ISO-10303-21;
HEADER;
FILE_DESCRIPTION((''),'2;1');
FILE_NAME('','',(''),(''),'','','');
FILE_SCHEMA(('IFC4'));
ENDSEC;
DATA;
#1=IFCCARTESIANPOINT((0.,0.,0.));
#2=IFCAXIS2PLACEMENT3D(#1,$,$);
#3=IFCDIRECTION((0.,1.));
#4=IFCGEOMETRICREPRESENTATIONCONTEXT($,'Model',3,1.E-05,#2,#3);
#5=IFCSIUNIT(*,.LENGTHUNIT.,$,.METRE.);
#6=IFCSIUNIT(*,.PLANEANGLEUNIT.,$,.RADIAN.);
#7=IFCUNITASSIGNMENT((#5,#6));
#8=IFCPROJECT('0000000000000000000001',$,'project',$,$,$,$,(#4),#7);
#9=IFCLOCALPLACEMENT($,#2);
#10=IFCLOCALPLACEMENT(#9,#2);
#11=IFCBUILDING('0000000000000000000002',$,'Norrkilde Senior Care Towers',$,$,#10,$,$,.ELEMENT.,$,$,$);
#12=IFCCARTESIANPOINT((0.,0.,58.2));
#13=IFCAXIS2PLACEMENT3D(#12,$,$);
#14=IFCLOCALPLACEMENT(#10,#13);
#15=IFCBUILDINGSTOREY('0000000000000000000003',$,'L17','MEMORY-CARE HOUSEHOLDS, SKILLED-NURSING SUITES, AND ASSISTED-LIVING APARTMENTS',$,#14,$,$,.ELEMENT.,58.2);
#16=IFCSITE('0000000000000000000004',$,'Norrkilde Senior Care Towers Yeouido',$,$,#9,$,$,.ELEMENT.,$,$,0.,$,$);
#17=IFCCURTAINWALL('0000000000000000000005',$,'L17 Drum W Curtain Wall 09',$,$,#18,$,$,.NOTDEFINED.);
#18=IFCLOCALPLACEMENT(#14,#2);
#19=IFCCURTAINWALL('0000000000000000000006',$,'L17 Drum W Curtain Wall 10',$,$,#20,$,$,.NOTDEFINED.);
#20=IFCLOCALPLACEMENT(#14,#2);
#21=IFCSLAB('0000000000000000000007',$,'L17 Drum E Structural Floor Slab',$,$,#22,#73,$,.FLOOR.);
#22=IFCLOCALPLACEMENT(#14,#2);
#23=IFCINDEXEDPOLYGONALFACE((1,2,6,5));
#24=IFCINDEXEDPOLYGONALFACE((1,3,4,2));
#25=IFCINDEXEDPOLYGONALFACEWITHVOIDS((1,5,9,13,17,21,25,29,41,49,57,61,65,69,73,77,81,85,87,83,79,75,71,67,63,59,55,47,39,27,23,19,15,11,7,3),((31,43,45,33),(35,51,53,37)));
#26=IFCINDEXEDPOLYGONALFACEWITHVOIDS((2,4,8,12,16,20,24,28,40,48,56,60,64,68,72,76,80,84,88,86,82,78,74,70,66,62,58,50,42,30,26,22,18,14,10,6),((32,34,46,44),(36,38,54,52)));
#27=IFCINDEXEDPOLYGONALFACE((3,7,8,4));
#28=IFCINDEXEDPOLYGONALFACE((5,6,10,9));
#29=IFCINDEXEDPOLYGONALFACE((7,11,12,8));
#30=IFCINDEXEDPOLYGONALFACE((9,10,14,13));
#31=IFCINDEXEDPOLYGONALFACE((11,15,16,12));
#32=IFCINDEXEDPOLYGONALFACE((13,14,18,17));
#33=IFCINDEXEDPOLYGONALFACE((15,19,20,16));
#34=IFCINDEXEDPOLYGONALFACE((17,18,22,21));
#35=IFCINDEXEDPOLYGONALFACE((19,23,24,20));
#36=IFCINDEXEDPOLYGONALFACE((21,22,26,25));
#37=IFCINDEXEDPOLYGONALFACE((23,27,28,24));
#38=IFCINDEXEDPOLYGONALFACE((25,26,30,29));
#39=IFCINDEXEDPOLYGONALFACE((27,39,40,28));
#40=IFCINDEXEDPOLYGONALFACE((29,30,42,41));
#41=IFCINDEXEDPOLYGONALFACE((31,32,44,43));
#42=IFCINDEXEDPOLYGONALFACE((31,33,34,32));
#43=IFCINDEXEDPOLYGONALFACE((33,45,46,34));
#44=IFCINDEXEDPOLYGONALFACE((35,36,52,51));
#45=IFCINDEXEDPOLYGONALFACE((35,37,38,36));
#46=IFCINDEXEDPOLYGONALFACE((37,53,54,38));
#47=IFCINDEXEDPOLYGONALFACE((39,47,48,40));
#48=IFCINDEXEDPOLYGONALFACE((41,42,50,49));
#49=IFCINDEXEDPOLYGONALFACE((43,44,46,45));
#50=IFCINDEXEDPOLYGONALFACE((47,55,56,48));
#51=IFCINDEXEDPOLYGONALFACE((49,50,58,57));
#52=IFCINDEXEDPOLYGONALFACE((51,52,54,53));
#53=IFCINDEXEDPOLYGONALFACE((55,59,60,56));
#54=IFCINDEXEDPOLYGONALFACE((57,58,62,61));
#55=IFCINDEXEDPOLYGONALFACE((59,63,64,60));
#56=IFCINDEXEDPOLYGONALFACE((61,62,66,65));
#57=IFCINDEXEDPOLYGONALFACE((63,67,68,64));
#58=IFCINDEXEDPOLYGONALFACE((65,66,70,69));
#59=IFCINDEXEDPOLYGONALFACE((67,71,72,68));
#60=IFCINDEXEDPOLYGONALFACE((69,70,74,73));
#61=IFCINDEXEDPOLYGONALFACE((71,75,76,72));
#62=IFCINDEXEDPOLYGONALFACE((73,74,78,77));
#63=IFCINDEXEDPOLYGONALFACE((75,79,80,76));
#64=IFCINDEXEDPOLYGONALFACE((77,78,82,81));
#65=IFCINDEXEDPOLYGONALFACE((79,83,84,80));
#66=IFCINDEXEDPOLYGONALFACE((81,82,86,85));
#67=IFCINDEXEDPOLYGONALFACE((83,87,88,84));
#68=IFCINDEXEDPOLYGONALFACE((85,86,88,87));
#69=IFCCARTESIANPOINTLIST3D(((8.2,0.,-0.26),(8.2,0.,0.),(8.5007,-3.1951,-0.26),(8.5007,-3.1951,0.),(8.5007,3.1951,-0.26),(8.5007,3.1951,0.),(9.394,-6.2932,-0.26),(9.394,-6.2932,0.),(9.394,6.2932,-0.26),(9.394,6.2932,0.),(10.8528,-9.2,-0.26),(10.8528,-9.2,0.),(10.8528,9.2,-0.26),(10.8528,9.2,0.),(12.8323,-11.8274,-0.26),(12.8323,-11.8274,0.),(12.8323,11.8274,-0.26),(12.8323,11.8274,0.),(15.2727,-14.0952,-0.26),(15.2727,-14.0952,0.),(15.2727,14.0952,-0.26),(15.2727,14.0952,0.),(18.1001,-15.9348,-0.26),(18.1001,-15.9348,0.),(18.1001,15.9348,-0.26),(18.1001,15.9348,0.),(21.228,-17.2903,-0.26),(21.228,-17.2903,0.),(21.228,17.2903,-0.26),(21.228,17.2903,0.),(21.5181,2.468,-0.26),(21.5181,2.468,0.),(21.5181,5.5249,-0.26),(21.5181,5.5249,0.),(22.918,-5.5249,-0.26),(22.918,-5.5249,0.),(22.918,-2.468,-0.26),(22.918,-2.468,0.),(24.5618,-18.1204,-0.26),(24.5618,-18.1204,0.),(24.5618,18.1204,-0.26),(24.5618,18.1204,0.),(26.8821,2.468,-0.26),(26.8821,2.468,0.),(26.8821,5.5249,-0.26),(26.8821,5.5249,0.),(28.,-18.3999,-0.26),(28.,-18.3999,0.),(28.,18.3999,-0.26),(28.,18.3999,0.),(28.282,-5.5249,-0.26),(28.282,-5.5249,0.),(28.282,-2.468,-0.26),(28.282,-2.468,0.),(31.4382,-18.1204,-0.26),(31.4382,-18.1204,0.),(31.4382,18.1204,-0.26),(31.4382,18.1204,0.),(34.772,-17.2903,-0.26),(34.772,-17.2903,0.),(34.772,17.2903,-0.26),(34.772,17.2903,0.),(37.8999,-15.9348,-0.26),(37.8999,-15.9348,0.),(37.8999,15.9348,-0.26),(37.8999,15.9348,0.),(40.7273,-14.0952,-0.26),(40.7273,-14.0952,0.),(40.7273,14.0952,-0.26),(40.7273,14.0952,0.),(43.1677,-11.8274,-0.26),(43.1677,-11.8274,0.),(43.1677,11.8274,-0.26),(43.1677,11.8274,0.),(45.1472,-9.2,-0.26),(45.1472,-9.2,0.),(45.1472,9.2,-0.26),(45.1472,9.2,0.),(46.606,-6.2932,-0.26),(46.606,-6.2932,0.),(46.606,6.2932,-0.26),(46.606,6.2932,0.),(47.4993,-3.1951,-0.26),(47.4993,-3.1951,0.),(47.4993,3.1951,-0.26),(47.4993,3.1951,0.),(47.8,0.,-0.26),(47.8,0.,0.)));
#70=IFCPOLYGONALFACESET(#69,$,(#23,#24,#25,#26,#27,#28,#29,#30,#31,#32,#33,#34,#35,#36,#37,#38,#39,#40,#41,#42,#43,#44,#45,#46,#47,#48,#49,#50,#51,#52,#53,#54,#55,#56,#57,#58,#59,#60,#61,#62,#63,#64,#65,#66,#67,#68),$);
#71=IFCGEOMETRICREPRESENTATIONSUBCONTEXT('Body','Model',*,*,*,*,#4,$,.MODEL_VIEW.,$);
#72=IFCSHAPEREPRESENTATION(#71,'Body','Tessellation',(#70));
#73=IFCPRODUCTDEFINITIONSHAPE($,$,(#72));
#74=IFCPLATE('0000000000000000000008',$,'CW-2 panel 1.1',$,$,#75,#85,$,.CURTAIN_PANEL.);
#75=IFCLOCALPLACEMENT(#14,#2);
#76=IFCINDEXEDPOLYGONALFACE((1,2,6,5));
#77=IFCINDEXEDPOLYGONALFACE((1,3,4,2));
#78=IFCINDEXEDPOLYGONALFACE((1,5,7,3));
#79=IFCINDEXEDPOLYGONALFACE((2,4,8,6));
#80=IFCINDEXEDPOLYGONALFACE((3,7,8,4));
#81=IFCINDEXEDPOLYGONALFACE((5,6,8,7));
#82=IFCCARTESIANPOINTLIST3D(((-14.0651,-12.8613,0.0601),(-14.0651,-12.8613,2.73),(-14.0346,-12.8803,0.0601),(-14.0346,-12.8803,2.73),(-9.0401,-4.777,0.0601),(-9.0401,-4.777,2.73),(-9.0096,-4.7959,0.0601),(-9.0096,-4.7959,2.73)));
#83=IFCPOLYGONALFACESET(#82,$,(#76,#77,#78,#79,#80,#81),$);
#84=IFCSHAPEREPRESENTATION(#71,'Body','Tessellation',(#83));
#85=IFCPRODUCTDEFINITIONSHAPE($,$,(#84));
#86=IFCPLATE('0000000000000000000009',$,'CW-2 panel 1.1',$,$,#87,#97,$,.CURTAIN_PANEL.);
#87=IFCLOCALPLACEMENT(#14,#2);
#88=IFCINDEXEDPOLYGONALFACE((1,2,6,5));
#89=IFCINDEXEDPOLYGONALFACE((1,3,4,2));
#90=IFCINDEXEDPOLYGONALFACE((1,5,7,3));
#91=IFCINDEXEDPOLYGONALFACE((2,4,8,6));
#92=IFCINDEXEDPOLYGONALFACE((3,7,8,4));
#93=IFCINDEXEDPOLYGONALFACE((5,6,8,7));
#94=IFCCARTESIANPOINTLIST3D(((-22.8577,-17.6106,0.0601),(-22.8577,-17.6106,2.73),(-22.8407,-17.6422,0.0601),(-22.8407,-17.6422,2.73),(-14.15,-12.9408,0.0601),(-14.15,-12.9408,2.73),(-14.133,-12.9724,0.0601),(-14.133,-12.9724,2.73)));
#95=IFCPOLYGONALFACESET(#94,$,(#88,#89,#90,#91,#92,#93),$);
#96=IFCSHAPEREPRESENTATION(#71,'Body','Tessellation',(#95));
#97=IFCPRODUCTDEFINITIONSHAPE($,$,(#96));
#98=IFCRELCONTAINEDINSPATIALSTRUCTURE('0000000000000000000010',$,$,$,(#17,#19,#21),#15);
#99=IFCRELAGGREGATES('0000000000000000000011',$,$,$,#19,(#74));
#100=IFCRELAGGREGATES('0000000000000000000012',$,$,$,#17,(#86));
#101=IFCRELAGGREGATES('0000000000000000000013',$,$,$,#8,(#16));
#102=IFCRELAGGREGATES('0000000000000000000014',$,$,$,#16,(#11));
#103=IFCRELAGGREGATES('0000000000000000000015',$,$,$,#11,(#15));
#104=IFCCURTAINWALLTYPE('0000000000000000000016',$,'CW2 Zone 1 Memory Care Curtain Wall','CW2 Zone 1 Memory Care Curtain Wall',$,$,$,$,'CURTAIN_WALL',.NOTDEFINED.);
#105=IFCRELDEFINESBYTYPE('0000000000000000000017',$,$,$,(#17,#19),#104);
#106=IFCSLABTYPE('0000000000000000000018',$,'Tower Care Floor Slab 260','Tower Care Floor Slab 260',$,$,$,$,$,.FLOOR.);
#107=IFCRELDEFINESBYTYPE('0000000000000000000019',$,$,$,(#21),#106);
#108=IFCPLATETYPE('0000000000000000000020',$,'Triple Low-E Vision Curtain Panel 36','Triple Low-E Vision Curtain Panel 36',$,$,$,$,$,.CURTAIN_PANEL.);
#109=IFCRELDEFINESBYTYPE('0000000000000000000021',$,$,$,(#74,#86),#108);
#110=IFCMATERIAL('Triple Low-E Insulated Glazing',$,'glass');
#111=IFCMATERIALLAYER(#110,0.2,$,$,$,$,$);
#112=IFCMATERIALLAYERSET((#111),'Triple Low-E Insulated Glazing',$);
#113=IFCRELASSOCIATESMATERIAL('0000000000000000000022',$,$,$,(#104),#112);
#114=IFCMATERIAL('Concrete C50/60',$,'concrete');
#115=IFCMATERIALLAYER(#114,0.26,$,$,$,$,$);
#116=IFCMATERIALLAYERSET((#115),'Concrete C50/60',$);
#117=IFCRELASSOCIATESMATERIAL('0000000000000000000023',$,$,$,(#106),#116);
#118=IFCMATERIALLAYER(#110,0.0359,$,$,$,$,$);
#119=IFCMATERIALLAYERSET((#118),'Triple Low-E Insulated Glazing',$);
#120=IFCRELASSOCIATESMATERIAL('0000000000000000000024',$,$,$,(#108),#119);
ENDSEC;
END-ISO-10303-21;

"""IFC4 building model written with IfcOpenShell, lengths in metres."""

from ifc_helpers import new_model, si_unit, direction, frame, origin, origin_2d, place, context, subcontext, project, spatial, polyline, rectangle, outline, extrude, source, transform, mapped, material, layer, layer_set, type_object, type_shapes, element, aggregate, save


model = new_model("IFC4")

# Units and contexts
model_context = context("Model", 3, precision=1e-05, world=origin(), true_north=direction((0.0, 1.0)))
body_context = subcontext(model_context, "Body", "Model", "MODEL_VIEW")
ifc_project = project(units=[si_unit("LENGTHUNIT", "METRE"), si_unit("PLANEANGLEUNIT", "RADIAN")], contexts=[model_context])

# Site, building, storey
site_placement = place(None, origin())
site = spatial("IfcSite", under=ifc_project, at=site_placement, Name="Norrkilde Senior Care Towers Yeouido", CompositionType="ELEMENT", RefElevation=0.0)
building_placement = place(site_placement, origin())
building = spatial("IfcBuilding", under=site, at=building_placement, Name="Norrkilde Senior Care Towers", CompositionType="ELEMENT")
storey_placement = place(building_placement, frame((0.0, 0.0, 58.2)))
storey = spatial("IfcBuildingStorey", under=building, at=storey_placement, Name="L17", Description="MEMORY-CARE HOUSEHOLDS, SKILLED-NURSING SUITES, AND ASSISTED-LIVING APARTMENTS", CompositionType="ELEMENT", Elevation=58.2)

# Curtain wall
ifc_material_1 = material(Name="Triple Low-E Insulated Glazing", Category="glass")
ifc_layer_1 = layer(ifc_material_1, 0.2)
ifc_layer_set_1 = layer_set([ifc_layer_1], Name="Triple Low-E Insulated Glazing")
curtain_wall_type = type_object("IfcCurtainWallType", Name="CW2 Zone 1 Memory Care Curtain Wall", Description="CW2 Zone 1 Memory Care Curtain Wall", ElementType="CURTAIN_WALL", PredefinedType="NOTDEFINED", material=ifc_layer_set_1)
curtain_wall_1_placement = place(storey_placement, origin())
curtain_wall_1 = element("IfcCurtainWall", 1, at=curtain_wall_1_placement, inside=storey, type_object=curtain_wall_type, Name="L17 Drum W Curtain Wall 09", PredefinedType="NOTDEFINED")

# Curtain wall
curtain_wall_2_placement = place(storey_placement, origin())
curtain_wall_2 = element("IfcCurtainWall", 2, at=curtain_wall_2_placement, inside=storey, type_object=curtain_wall_type, Name="L17 Drum W Curtain Wall 10", PredefinedType="NOTDEFINED")

# Slab
ifc_material_2 = material(Name="Concrete C50/60", Category="concrete")
ifc_layer_2 = layer(ifc_material_2, 0.26)
ifc_layer_set_2 = layer_set([ifc_layer_2], Name="Concrete C50/60")
slab_type_1 = type_object("IfcSlabType", Name="Tower Care Floor Slab 260", Description="Tower Care Floor Slab 260", PredefinedType="FLOOR", material=ifc_layer_set_2)
slab_1_placement = place(storey_placement, frame((0.0, 0.0, -0.26)))
element("IfcSlab", 3, at=slab_1_placement, inside=storey, type_object=slab_type_1, Name="L17 Drum E Structural Floor Slab", PredefinedType="FLOOR", context=body_context, shape_type="SweptSolid", body=[
    extrude(outline(polyline([(46.606, -6.2932), (45.1472, -9.2), (43.1677, -11.8274), (40.7273, -14.0952), (37.8999, -15.9348), (34.772, -17.2903), (31.4382, -18.1204), (28.0, -18.3999), (24.5618, -18.1204), (21.228, -17.2903), (18.1001, -15.9348), (15.2727, -14.0952), (12.8323, -11.8274), (10.8528, -9.2), (9.394, -6.2932), (8.5007, -3.1951), (8.2, 0.0), (8.5007, 3.1951), (9.394, 6.2932), (10.8528, 9.2), (12.8323, 11.8274), (15.2727, 14.0952), (18.1001, 15.9348), (21.228, 17.2903), (24.5618, 18.1204), (28.0, 18.3999), (31.4382, 18.1204), (34.772, 17.2903), (37.8999, 15.9348), (40.7273, 14.0952), (43.1677, 11.8274), (45.1472, 9.2), (46.606, 6.2932), (47.4993, 3.1951), (47.8, 0.0), (47.4993, -3.1951), (46.606, -6.2932)]), holes=[polyline([(21.5181, 2.468), (26.8821, 2.468), (26.8821, 5.5249), (21.5181, 5.5249), (21.5181, 2.468)]), polyline([(28.282, -5.5249), (28.282, -2.468), (22.918, -2.468), (22.918, -5.5249), (28.282, -5.5249)])]), origin(), (0.0, 0.0, 1.0), 0.26),
])

# Plates
ifc_layer_3 = layer(ifc_material_1, 0.0359)
ifc_layer_set_3 = layer_set([ifc_layer_3], Name="Triple Low-E Insulated Glazing")
plate_type = type_object("IfcPlateType", Name="Triple Low-E Vision Curtain Panel 36", Description="Triple Low-E Vision Curtain Panel 36", PredefinedType="CURTAIN_PANEL", material=ifc_layer_set_3)
shared_shape_1 = source(origin(), body_context, "Body", "SweptSolid", [
    extrude(rectangle(XDim=9.5188, YDim=0.0359, at=origin_2d()), origin(), (0.0, 0.0, 1.0), 2.6699),
])
plate_1_placement = place(storey_placement, frame((-11.5374, -8.8286, 0.0601), z_axis=(0.0, 0.0, 1.0), x_axis=(-0.527901, -0.849306, 0.0)))
plate_1 = element("IfcPlate", 4, at=plate_1_placement, type_object=plate_type, Name="CW-2 panel 1.1", PredefinedType="CURTAIN_PANEL", context=body_context, shape_type="MappedRepresentation", body=[
    mapped(shared_shape_1, transform((0.0, 0.0, 0.0), x_axis=(1.0, 0.0, 0.0), y_axis=(0.0, 1.0, 0.0), z_axis=(0.0, 0.0, 1.0), scale=1.0)),
])
aggregate(curtain_wall_2, [plate_1])
shared_shape_2 = source(origin(), body_context, "Body", "SweptSolid", [
    extrude(rectangle(XDim=9.8809, YDim=0.0359, at=origin_2d()), origin(), (0.0, 0.0, 1.0), 2.6699),
])
type_shapes(plate_type, [shared_shape_1, shared_shape_2])
plate_2_placement = place(storey_placement, frame((-18.4954, -15.2915, 0.0601), z_axis=(0.0, 0.0, 1.0), x_axis=(-0.881273, -0.472608, 0.0)))
plate_2 = element("IfcPlate", 5, at=plate_2_placement, type_object=plate_type, Name="CW-2 panel 1.1", PredefinedType="CURTAIN_PANEL", context=body_context, shape_type="MappedRepresentation", body=[
    mapped(shared_shape_2, transform((0.0, 0.0, 0.0), x_axis=(1.0, 0.0, 0.0), y_axis=(0.0, 1.0, 0.0), z_axis=(0.0, 0.0, 1.0), scale=1.0)),
])
aggregate(curtain_wall_1, [plate_2])

save(model, "model.ifc")
